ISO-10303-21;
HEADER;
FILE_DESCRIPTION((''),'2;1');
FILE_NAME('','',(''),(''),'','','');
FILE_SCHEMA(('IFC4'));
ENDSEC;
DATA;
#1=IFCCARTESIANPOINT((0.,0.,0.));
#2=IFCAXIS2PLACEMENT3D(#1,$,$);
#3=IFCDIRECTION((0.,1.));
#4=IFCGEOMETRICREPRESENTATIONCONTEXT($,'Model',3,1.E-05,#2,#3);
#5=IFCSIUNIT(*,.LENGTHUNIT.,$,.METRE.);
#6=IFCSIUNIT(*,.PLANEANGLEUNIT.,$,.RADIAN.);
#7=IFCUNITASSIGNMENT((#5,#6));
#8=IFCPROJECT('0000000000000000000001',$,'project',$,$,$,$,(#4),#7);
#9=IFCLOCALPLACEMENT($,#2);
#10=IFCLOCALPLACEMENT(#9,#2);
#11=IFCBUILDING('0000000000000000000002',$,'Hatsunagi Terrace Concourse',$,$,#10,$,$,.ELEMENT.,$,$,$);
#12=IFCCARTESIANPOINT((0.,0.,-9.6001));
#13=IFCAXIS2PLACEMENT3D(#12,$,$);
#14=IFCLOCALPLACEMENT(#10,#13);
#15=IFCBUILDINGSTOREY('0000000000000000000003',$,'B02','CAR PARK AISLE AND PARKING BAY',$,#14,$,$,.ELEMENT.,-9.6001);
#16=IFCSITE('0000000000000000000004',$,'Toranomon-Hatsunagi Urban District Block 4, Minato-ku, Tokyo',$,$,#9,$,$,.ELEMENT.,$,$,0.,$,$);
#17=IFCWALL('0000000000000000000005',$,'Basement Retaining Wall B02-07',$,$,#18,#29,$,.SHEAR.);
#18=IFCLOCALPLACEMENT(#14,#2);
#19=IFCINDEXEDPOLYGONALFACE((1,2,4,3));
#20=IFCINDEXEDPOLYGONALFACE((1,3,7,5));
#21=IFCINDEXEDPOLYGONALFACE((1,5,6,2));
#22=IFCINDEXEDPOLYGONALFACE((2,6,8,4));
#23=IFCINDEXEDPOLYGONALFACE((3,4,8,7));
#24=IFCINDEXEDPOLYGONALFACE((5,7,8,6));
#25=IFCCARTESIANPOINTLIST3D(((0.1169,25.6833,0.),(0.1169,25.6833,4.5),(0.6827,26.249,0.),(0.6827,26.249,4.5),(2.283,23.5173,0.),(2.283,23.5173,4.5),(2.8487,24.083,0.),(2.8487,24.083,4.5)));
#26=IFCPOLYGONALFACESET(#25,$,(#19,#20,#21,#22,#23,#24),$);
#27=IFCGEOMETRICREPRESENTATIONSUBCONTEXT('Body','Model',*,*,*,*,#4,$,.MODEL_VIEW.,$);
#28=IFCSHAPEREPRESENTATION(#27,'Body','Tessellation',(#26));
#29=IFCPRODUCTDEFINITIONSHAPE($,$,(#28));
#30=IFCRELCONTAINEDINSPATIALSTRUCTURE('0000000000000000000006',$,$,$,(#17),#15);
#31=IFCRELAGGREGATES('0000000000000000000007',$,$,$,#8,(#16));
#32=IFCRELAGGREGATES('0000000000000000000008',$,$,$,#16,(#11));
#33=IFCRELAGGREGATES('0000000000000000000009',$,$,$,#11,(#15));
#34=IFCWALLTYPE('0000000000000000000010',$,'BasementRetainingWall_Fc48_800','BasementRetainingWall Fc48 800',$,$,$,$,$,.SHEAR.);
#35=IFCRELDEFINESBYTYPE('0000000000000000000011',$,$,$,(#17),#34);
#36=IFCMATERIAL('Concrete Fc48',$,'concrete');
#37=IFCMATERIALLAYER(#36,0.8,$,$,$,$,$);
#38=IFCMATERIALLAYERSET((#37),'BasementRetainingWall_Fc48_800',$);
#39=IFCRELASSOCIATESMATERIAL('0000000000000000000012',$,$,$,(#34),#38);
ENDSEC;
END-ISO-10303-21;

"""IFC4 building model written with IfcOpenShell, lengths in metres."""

from ifc_helpers import new_model, si_unit, direction, frame, frame_2d, origin, place, context, subcontext, project, spatial, rectangle, extrude, material, layer, layer_set, type_object, element, save


model = new_model("IFC4")

# Units and contexts
model_context = context("Model", 3, precision=1e-05, world=origin(), true_north=direction((0.0, 1.0)))
body_context = subcontext(model_context, "Body", "Model", "MODEL_VIEW")
ifc_project = project(units=[si_unit("LENGTHUNIT", "METRE"), si_unit("PLANEANGLEUNIT", "RADIAN")], contexts=[model_context])

# Site, building, storey
site_placement = place(None, origin())
site = spatial("IfcSite", under=ifc_project, at=site_placement, Name="Toranomon-Hatsunagi Urban District Block 4, Minato-ku, Tokyo", CompositionType="ELEMENT", RefElevation=0.0)
building_placement = place(site_placement, origin())
building = spatial("IfcBuilding", under=site, at=building_placement, Name="Hatsunagi Terrace Concourse", CompositionType="ELEMENT")
storey_placement = place(building_placement, frame((0.0, 0.0, -9.6001)))
storey = spatial("IfcBuildingStorey", under=building, at=storey_placement, Name="B02", Description="CAR PARK AISLE AND PARKING BAY", CompositionType="ELEMENT", Elevation=-9.6001)

# Wall
ifc_material_1 = material(Name="Concrete Fc48", Category="concrete")
ifc_layer_1 = layer(ifc_material_1, 0.8)
ifc_layer_set_1 = layer_set([ifc_layer_1], Name="BasementRetainingWall_Fc48_800")
wall_type = type_object("IfcWallType", Name="BasementRetainingWall_Fc48_800", Description="BasementRetainingWall Fc48 800", PredefinedType="SHEAR", material=ifc_layer_set_1)
wall_1_placement = place(storey_placement, frame((2.5659, 23.8, 0.0), z_axis=(0.0, 0.0, 1.0), x_axis=(-0.707107, 0.707107, 0.0)))
element("IfcWall", 1, at=wall_1_placement, inside=storey, type_object=wall_type, Name="Basement Retaining Wall B02-07", PredefinedType="SHEAR", context=body_context, shape_type="SweptSolid", body=[
    extrude(rectangle(XDim=3.0632, YDim=0.8, at=frame_2d((1.5317, 0.0))), origin(), (0.0, 0.0, 1.0), 4.5),
])

save(model, "model.ifc")
